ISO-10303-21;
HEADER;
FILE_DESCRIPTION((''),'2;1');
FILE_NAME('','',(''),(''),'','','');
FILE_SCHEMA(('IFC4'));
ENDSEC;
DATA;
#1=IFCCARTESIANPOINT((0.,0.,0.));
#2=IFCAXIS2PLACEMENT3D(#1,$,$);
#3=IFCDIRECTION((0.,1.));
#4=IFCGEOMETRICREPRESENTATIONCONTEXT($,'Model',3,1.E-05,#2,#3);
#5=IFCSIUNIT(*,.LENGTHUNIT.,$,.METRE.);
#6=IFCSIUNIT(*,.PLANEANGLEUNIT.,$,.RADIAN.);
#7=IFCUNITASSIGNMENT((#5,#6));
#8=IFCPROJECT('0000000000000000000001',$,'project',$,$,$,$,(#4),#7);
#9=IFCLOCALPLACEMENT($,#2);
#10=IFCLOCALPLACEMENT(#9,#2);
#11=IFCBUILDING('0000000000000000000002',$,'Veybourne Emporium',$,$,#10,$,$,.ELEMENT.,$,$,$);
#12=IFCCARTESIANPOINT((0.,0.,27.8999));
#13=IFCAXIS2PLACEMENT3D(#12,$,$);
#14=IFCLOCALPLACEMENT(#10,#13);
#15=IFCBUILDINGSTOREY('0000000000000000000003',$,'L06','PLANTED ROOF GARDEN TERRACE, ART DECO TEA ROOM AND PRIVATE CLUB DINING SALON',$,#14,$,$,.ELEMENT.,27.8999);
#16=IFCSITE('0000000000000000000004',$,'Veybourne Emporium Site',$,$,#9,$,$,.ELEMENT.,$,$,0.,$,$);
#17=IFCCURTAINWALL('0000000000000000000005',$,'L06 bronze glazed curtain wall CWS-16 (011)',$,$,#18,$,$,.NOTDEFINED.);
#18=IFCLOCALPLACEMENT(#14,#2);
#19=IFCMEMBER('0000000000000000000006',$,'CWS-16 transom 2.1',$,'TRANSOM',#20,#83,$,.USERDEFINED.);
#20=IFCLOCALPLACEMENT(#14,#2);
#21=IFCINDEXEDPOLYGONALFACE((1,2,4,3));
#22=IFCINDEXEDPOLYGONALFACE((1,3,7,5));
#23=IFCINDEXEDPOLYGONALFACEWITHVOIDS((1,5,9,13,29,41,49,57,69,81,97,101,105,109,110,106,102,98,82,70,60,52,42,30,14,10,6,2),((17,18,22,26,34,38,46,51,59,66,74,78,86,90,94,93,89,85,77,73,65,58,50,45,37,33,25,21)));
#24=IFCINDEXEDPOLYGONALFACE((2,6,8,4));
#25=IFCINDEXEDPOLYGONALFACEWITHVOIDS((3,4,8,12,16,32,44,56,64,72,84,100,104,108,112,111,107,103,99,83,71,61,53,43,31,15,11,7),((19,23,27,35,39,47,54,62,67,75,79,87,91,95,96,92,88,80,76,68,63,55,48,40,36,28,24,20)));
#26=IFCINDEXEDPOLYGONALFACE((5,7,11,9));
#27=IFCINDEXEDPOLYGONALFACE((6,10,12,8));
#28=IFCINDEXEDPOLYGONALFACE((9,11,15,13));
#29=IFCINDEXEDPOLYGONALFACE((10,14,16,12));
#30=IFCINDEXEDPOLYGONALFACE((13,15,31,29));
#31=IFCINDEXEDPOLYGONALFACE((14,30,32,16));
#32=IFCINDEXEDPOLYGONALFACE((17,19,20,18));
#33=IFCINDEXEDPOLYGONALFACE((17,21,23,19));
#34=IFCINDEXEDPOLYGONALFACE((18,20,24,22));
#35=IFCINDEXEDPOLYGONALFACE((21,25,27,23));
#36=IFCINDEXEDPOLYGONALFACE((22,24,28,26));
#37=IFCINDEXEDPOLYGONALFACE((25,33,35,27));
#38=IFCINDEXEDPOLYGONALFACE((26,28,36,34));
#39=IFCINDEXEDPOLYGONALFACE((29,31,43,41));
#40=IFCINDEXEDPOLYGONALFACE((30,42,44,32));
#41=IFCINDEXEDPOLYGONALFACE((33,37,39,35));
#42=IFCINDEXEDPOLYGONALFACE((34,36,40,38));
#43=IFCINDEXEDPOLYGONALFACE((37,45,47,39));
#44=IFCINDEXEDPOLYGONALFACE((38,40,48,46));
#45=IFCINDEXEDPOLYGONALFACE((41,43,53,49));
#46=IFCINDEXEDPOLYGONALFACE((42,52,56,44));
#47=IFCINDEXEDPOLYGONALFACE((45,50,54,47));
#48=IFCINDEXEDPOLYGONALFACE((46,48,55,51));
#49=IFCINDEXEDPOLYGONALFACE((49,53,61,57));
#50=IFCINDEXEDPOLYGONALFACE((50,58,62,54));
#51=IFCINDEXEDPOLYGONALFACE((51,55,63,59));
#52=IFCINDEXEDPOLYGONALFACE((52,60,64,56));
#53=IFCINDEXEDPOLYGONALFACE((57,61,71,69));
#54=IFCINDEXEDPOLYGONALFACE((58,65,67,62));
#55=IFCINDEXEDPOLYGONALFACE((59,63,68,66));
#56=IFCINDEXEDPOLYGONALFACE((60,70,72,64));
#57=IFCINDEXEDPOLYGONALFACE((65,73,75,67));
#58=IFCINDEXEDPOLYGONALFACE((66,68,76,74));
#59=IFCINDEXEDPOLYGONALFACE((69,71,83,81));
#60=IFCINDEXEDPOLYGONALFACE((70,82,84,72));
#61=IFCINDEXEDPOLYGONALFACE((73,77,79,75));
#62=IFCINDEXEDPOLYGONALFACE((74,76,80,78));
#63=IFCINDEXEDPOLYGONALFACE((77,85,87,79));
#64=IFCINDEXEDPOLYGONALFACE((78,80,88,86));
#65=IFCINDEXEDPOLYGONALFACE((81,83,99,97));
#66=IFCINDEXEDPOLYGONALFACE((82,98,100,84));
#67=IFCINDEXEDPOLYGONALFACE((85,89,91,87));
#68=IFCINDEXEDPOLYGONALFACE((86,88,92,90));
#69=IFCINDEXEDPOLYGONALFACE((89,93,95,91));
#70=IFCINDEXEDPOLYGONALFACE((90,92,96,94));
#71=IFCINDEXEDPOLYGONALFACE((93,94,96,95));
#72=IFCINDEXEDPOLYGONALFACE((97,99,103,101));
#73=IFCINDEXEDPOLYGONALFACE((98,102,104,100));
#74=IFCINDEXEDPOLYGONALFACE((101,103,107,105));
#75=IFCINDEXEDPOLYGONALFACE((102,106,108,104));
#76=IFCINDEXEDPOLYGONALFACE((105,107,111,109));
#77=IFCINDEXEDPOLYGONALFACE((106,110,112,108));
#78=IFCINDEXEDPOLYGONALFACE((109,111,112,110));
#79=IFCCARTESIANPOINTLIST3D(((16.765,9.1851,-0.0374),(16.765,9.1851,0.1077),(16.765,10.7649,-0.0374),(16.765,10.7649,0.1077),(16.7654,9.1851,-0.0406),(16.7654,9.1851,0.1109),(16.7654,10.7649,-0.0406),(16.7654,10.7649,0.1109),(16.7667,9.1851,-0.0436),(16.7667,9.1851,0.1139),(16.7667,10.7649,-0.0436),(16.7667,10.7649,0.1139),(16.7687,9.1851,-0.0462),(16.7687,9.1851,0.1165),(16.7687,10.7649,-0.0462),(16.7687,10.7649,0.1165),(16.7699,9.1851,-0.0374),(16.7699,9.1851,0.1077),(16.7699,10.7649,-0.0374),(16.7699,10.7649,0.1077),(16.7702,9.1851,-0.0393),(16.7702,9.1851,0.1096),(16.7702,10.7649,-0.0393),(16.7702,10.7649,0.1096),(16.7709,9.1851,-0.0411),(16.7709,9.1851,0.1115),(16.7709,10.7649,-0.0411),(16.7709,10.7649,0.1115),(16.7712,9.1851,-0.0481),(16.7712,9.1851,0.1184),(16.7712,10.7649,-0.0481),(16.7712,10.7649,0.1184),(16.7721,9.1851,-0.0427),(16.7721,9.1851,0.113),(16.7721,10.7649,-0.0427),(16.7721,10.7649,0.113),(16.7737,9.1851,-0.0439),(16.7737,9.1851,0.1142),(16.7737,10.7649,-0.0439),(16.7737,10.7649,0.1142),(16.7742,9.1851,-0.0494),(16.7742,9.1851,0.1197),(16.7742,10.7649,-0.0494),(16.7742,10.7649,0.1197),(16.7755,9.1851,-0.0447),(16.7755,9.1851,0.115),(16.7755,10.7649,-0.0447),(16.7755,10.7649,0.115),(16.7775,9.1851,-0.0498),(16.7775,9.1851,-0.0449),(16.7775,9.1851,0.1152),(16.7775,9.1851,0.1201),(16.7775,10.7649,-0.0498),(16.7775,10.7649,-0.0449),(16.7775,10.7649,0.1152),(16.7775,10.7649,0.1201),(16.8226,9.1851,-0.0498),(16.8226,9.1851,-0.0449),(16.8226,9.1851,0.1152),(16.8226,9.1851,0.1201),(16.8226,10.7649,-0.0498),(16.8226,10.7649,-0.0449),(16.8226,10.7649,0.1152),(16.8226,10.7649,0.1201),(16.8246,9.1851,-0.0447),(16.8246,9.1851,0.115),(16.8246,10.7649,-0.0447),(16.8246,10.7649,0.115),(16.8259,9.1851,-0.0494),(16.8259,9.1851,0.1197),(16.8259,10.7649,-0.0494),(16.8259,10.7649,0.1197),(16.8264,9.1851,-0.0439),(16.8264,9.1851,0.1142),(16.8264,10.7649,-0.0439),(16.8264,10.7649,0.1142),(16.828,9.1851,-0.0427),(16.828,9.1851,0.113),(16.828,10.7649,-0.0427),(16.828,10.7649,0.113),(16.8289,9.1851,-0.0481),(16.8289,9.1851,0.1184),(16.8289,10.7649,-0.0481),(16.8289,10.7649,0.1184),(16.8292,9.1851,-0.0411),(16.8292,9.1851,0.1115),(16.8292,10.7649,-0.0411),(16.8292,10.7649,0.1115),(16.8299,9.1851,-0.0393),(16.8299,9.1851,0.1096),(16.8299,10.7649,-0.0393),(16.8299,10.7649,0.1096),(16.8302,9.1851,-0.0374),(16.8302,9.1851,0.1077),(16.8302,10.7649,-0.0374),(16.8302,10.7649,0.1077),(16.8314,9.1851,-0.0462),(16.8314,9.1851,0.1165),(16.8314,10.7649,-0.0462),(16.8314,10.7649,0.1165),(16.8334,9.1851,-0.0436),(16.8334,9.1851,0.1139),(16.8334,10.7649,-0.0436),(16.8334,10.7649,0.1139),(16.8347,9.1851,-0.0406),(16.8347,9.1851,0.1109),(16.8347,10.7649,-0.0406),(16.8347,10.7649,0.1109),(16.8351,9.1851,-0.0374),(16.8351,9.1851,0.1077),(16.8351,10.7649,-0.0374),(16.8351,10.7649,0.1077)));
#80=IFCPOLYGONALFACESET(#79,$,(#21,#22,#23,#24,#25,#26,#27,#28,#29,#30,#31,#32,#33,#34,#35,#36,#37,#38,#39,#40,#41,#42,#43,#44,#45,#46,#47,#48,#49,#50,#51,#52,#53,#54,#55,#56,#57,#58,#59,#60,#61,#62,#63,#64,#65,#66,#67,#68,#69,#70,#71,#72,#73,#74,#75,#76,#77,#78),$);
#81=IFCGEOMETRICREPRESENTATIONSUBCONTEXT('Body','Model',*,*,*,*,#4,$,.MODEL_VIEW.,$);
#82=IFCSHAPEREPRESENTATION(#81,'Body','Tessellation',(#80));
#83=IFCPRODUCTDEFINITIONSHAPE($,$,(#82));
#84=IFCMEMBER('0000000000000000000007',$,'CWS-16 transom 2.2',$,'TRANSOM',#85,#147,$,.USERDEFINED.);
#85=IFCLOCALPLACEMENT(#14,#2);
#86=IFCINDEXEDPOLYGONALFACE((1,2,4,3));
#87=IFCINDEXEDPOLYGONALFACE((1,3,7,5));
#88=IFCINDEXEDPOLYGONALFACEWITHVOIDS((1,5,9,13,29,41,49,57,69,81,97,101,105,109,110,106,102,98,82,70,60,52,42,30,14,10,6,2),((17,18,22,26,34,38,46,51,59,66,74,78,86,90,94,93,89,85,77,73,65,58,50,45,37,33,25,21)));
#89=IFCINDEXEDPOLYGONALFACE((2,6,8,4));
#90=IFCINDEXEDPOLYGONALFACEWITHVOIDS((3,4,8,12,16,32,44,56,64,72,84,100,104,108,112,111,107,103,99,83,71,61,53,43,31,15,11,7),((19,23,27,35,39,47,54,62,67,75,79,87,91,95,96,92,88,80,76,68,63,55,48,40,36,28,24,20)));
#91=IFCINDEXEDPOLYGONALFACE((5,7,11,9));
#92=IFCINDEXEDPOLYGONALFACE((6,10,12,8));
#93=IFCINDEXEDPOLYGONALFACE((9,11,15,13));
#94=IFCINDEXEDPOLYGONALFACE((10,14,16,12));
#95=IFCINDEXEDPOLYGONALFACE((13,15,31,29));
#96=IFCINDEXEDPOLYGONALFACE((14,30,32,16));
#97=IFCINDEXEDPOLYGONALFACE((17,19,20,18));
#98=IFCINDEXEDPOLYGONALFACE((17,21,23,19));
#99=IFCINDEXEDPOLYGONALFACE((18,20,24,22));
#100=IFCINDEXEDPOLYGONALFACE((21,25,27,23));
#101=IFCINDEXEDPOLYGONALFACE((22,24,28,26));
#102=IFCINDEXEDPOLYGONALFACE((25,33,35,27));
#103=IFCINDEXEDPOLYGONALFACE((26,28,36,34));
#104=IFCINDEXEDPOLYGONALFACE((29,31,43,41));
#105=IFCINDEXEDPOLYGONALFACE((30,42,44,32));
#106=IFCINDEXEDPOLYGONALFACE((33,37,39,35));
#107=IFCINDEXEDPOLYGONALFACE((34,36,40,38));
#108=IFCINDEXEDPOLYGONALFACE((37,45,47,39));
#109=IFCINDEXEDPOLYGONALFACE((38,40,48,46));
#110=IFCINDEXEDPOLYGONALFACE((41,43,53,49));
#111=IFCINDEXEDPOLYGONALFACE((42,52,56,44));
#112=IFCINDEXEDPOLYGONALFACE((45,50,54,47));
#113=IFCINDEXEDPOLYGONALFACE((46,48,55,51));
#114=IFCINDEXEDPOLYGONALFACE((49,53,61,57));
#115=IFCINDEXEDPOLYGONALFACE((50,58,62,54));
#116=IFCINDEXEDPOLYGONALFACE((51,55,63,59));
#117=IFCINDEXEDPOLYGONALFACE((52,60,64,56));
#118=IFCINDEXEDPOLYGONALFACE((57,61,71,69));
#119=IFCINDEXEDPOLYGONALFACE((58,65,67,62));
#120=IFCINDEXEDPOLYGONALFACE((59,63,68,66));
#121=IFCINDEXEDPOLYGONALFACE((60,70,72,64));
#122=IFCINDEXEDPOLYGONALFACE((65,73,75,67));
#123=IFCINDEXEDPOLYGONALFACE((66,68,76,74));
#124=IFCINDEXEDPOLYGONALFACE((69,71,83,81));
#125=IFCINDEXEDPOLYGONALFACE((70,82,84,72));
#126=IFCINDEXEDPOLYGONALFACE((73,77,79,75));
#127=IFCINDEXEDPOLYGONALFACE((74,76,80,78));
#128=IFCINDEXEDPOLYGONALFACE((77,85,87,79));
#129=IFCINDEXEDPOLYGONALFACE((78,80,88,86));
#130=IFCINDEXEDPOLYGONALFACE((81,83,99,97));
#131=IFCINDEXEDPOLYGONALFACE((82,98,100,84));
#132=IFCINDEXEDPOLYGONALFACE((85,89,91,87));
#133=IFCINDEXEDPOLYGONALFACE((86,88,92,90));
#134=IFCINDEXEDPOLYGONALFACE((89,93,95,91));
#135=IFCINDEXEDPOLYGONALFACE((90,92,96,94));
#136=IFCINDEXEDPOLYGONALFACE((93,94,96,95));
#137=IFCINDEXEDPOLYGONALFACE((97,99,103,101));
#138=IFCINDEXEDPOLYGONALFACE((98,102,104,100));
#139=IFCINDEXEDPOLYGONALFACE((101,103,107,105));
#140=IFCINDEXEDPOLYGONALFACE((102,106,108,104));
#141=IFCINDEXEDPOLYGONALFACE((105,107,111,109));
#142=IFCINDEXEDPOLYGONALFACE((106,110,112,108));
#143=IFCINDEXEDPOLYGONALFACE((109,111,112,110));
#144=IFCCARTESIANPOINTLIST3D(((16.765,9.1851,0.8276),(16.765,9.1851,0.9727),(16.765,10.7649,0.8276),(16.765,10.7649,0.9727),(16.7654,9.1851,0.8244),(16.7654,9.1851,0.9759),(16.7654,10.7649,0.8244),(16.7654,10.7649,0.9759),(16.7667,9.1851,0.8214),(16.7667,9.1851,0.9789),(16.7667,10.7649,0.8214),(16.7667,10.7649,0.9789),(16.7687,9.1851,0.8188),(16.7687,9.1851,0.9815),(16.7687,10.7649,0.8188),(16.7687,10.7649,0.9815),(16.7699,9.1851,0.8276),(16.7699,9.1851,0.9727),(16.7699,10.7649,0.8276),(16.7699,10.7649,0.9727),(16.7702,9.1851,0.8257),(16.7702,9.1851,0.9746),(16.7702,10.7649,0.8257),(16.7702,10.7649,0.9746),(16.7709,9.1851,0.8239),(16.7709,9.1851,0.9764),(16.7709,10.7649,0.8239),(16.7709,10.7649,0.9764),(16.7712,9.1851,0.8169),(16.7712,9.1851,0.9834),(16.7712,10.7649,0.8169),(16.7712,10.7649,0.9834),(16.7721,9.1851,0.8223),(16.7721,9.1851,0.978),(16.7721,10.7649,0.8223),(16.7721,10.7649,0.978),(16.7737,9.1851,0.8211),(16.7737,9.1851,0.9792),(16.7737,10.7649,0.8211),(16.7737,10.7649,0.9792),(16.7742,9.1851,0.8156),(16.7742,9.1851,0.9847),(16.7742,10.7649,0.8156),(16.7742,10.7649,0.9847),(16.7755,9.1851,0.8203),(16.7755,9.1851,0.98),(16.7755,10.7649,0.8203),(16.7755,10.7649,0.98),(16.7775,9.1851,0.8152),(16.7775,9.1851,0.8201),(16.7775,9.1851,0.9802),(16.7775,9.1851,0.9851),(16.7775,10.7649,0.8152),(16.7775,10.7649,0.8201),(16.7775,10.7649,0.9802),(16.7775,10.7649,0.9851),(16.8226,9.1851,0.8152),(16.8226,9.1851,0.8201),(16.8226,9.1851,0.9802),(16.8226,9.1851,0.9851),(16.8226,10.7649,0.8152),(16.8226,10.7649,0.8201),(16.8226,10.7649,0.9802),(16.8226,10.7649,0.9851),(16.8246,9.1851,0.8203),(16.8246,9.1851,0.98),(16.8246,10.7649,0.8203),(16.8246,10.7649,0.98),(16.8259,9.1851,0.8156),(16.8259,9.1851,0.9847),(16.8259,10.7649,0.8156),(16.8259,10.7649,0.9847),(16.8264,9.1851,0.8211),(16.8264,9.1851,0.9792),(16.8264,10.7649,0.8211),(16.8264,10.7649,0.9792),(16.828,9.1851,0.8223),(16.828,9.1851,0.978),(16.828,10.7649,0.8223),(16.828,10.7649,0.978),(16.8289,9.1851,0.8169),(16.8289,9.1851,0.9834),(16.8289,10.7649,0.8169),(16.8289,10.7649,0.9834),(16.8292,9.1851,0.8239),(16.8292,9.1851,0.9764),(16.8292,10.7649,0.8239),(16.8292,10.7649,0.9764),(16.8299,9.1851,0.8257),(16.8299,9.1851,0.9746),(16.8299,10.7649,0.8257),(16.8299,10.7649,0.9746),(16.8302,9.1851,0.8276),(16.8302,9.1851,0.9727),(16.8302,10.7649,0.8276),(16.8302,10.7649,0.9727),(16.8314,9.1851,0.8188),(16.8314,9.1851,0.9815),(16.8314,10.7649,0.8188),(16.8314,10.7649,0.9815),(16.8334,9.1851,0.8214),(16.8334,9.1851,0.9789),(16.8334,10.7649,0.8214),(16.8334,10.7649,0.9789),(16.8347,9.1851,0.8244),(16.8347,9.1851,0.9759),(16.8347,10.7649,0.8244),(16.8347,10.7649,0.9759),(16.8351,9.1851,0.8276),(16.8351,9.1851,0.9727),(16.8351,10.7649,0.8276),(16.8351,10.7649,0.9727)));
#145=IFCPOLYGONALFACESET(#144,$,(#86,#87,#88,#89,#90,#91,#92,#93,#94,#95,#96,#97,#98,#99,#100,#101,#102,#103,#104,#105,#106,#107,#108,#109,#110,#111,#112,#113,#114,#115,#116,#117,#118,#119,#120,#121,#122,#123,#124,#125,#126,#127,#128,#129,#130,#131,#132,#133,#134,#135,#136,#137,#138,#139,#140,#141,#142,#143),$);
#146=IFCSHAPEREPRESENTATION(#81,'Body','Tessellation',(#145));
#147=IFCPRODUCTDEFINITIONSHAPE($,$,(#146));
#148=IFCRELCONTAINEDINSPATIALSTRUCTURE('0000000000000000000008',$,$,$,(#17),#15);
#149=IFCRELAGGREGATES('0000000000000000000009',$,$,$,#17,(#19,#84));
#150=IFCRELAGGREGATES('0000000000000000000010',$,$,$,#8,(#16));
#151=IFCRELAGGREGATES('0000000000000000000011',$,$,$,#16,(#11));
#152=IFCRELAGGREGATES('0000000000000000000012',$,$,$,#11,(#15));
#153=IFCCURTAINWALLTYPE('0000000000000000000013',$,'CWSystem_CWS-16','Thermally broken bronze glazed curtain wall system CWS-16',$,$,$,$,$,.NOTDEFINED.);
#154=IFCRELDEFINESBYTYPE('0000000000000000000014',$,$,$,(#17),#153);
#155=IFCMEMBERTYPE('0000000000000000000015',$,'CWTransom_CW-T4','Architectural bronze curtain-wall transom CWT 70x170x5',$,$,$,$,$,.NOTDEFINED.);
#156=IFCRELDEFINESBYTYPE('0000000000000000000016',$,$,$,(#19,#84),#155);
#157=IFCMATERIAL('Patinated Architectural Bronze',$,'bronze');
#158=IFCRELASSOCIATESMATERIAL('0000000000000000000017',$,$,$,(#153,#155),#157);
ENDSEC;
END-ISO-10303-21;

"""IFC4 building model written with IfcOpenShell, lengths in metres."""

from ifc_helpers import new_model, si_unit, direction, frame, origin, origin_2d, place, context, subcontext, project, spatial, hollow_rectangle, extrude, material, material_profile, profile_set, type_object, element, aggregate, save


model = new_model("IFC4")

# Units and contexts
model_context = context("Model", 3, precision=1e-05, world=origin(), true_north=direction((0.0, 1.0)))
body_context = subcontext(model_context, "Body", "Model", "MODEL_VIEW")
ifc_project = project(units=[si_unit("LENGTHUNIT", "METRE"), si_unit("PLANEANGLEUNIT", "RADIAN")], contexts=[model_context])

# Site, building, storey
site_placement = place(None, origin())
site = spatial("IfcSite", under=ifc_project, at=site_placement, Name="Veybourne Emporium Site", CompositionType="ELEMENT", RefElevation=0.0)
building_placement = place(site_placement, origin())
building = spatial("IfcBuilding", under=site, at=building_placement, Name="Veybourne Emporium", CompositionType="ELEMENT")
storey_placement = place(building_placement, frame((0.0, 0.0, 27.8999)))
storey = spatial("IfcBuildingStorey", under=building, at=storey_placement, Name="L06", Description="PLANTED ROOF GARDEN TERRACE, ART DECO TEA ROOM AND PRIVATE CLUB DINING SALON", CompositionType="ELEMENT", Elevation=27.8999)

# Curtain wall
ifc_material_1 = material(Name="Patinated Architectural Bronze", Category="bronze")
curtain_wall_type_1 = type_object("IfcCurtainWallType", Name="CWSystem_CWS-16", Description="Thermally broken bronze glazed curtain wall system CWS-16", PredefinedType="NOTDEFINED", material=ifc_material_1)
curtain_wall_1_placement = place(storey_placement, origin())
curtain_wall_1 = element("IfcCurtainWall", 1, at=curtain_wall_1_placement, inside=storey, type_object=curtain_wall_type_1, Name="L06 bronze glazed curtain wall CWS-16 (011)", PredefinedType="NOTDEFINED")

# Members
ifc_material_profile_1 = material_profile(ifc_material_1, hollow_rectangle(XDim=0.0701, YDim=0.1699, WallThickness=0.0049, InnerFilletRadius=0.0076, OuterFilletRadius=0.0125, at=origin_2d()), Name="CWT 70x170x5")
ifc_profile_set_1 = profile_set([ifc_material_profile_1], Name="Patinated Architectural Bronze")
member_type_1 = type_object("IfcMemberType", Name="CWTransom_CW-T4", Description="Architectural bronze curtain-wall transom CWT 70x170x5", PredefinedType="NOTDEFINED", material=ifc_profile_set_1)
member_1_placement = place(storey_placement, frame((16.8, 9.1851, 0.0352), z_axis=(0.0, 1.0, 0.0), x_axis=(-1.0, 0.0, 0.0)))
member_1 = element("IfcMember", 2, at=member_1_placement, type_object=member_type_1, Name="CWS-16 transom 2.1", ObjectType="TRANSOM", PredefinedType="USERDEFINED", context=body_context, shape_type="SweptSolid", body=[
    extrude(hollow_rectangle(XDim=0.0701, YDim=0.1699, WallThickness=0.0049, InnerFilletRadius=0.0076, OuterFilletRadius=0.0125, at=origin_2d()), origin(), (0.0, 0.0, 1.0), 1.5798),
])
member_2_placement = place(storey_placement, frame((16.8, 9.1851, 0.9001), z_axis=(0.0, 1.0, 0.0), x_axis=(-1.0, 0.0, 0.0)))
member_2 = element("IfcMember", 3, at=member_2_placement, type_object=member_type_1, Name="CWS-16 transom 2.2", ObjectType="TRANSOM", PredefinedType="USERDEFINED", context=body_context, shape_type="SweptSolid", body=[
    extrude(hollow_rectangle(XDim=0.0701, YDim=0.1699, WallThickness=0.0049, InnerFilletRadius=0.0076, OuterFilletRadius=0.0125, at=origin_2d()), origin(), (0.0, 0.0, 1.0), 1.5798),
])

aggregate(curtain_wall_1, [member_1, member_2])

save(model, "model.ifc")
